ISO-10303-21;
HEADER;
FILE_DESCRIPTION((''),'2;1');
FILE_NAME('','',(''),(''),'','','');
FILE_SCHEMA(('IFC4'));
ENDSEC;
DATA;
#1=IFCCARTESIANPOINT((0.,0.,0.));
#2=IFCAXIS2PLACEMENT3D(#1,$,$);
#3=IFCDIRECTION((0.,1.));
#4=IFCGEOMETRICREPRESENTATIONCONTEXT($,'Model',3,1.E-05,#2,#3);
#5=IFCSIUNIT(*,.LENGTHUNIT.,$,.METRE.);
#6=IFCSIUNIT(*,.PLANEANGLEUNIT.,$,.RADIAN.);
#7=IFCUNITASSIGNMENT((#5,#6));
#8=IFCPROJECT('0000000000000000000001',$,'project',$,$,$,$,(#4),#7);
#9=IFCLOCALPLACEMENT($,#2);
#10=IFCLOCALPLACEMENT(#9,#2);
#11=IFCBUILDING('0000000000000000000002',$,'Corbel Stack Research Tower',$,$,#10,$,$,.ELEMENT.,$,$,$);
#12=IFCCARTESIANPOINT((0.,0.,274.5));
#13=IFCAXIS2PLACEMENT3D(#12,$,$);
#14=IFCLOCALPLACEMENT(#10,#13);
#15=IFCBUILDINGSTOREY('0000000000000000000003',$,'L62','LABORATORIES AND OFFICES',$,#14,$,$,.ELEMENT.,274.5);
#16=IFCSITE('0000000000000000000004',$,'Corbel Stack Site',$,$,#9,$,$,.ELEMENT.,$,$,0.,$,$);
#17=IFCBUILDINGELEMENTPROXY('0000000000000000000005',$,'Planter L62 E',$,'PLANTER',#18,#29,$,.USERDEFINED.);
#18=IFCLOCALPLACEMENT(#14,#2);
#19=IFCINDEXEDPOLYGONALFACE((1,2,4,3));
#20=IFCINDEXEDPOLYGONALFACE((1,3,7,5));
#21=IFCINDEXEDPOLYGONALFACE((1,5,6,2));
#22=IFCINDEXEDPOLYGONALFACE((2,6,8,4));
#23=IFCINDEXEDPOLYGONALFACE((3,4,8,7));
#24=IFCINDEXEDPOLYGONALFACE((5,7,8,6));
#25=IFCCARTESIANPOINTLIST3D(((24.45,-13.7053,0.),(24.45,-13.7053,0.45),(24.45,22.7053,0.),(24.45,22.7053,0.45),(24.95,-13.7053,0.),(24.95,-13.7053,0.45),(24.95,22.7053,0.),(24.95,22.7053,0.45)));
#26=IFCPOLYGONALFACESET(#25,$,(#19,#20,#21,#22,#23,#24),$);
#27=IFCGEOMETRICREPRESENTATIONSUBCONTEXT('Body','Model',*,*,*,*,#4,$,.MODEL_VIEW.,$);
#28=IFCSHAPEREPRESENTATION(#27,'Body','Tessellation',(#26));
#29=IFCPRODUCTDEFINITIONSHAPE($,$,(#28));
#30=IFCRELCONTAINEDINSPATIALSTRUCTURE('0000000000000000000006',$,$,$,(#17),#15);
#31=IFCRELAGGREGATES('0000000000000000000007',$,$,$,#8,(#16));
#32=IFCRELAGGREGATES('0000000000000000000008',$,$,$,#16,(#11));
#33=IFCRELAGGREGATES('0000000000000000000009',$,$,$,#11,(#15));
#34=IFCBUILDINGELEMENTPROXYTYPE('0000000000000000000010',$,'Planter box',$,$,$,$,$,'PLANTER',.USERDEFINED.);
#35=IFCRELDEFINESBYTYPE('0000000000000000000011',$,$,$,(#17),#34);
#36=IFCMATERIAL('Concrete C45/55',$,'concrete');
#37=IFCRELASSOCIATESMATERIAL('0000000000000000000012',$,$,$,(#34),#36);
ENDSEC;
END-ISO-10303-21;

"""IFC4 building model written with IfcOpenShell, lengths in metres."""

from ifc_helpers import new_model, si_unit, direction, frame, origin, origin_2d, place, context, subcontext, project, spatial, rectangle, extrude, material, type_object, element, save


model = new_model("IFC4")

# Units and contexts
model_context = context("Model", 3, precision=1e-05, world=origin(), true_north=direction((0.0, 1.0)))
body_context = subcontext(model_context, "Body", "Model", "MODEL_VIEW")
ifc_project = project(units=[si_unit("LENGTHUNIT", "METRE"), si_unit("PLANEANGLEUNIT", "RADIAN")], contexts=[model_context])

# Site, building, storey
site_placement = place(None, origin())
site = spatial("IfcSite", under=ifc_project, at=site_placement, Name="Corbel Stack Site", CompositionType="ELEMENT", RefElevation=0.0)
building_placement = place(site_placement, origin())
building = spatial("IfcBuilding", under=site, at=building_placement, Name="Corbel Stack Research Tower", CompositionType="ELEMENT")
storey_placement = place(building_placement, frame((0.0, 0.0, 274.5)))
storey = spatial("IfcBuildingStorey", under=building, at=storey_placement, Name="L62", Description="LABORATORIES AND OFFICES", CompositionType="ELEMENT", Elevation=274.5)

# Building element proxy
ifc_material_1 = material(Name="Concrete C45/55", Category="concrete")
building_element_proxy_type = type_object("IfcBuildingElementProxyType", Name="Planter box", ElementType="PLANTER", PredefinedType="USERDEFINED", material=ifc_material_1)
proxy_placement = place(storey_placement, frame((24.7, 4.5, 0.0), z_axis=(0.0, 0.0, 1.0), x_axis=(0.0, 1.0, 0.0)))
element("IfcBuildingElementProxy", 1, at=proxy_placement, inside=storey, type_object=building_element_proxy_type, Name="Planter L62 E", ObjectType="PLANTER", PredefinedType="USERDEFINED", context=body_context, shape_type="SweptSolid", body=[
    extrude(rectangle(XDim=36.4106, YDim=0.5, at=origin_2d()), origin(), (0.0, 0.0, 1.0), 0.45),
])

save(model, "model.ifc")
